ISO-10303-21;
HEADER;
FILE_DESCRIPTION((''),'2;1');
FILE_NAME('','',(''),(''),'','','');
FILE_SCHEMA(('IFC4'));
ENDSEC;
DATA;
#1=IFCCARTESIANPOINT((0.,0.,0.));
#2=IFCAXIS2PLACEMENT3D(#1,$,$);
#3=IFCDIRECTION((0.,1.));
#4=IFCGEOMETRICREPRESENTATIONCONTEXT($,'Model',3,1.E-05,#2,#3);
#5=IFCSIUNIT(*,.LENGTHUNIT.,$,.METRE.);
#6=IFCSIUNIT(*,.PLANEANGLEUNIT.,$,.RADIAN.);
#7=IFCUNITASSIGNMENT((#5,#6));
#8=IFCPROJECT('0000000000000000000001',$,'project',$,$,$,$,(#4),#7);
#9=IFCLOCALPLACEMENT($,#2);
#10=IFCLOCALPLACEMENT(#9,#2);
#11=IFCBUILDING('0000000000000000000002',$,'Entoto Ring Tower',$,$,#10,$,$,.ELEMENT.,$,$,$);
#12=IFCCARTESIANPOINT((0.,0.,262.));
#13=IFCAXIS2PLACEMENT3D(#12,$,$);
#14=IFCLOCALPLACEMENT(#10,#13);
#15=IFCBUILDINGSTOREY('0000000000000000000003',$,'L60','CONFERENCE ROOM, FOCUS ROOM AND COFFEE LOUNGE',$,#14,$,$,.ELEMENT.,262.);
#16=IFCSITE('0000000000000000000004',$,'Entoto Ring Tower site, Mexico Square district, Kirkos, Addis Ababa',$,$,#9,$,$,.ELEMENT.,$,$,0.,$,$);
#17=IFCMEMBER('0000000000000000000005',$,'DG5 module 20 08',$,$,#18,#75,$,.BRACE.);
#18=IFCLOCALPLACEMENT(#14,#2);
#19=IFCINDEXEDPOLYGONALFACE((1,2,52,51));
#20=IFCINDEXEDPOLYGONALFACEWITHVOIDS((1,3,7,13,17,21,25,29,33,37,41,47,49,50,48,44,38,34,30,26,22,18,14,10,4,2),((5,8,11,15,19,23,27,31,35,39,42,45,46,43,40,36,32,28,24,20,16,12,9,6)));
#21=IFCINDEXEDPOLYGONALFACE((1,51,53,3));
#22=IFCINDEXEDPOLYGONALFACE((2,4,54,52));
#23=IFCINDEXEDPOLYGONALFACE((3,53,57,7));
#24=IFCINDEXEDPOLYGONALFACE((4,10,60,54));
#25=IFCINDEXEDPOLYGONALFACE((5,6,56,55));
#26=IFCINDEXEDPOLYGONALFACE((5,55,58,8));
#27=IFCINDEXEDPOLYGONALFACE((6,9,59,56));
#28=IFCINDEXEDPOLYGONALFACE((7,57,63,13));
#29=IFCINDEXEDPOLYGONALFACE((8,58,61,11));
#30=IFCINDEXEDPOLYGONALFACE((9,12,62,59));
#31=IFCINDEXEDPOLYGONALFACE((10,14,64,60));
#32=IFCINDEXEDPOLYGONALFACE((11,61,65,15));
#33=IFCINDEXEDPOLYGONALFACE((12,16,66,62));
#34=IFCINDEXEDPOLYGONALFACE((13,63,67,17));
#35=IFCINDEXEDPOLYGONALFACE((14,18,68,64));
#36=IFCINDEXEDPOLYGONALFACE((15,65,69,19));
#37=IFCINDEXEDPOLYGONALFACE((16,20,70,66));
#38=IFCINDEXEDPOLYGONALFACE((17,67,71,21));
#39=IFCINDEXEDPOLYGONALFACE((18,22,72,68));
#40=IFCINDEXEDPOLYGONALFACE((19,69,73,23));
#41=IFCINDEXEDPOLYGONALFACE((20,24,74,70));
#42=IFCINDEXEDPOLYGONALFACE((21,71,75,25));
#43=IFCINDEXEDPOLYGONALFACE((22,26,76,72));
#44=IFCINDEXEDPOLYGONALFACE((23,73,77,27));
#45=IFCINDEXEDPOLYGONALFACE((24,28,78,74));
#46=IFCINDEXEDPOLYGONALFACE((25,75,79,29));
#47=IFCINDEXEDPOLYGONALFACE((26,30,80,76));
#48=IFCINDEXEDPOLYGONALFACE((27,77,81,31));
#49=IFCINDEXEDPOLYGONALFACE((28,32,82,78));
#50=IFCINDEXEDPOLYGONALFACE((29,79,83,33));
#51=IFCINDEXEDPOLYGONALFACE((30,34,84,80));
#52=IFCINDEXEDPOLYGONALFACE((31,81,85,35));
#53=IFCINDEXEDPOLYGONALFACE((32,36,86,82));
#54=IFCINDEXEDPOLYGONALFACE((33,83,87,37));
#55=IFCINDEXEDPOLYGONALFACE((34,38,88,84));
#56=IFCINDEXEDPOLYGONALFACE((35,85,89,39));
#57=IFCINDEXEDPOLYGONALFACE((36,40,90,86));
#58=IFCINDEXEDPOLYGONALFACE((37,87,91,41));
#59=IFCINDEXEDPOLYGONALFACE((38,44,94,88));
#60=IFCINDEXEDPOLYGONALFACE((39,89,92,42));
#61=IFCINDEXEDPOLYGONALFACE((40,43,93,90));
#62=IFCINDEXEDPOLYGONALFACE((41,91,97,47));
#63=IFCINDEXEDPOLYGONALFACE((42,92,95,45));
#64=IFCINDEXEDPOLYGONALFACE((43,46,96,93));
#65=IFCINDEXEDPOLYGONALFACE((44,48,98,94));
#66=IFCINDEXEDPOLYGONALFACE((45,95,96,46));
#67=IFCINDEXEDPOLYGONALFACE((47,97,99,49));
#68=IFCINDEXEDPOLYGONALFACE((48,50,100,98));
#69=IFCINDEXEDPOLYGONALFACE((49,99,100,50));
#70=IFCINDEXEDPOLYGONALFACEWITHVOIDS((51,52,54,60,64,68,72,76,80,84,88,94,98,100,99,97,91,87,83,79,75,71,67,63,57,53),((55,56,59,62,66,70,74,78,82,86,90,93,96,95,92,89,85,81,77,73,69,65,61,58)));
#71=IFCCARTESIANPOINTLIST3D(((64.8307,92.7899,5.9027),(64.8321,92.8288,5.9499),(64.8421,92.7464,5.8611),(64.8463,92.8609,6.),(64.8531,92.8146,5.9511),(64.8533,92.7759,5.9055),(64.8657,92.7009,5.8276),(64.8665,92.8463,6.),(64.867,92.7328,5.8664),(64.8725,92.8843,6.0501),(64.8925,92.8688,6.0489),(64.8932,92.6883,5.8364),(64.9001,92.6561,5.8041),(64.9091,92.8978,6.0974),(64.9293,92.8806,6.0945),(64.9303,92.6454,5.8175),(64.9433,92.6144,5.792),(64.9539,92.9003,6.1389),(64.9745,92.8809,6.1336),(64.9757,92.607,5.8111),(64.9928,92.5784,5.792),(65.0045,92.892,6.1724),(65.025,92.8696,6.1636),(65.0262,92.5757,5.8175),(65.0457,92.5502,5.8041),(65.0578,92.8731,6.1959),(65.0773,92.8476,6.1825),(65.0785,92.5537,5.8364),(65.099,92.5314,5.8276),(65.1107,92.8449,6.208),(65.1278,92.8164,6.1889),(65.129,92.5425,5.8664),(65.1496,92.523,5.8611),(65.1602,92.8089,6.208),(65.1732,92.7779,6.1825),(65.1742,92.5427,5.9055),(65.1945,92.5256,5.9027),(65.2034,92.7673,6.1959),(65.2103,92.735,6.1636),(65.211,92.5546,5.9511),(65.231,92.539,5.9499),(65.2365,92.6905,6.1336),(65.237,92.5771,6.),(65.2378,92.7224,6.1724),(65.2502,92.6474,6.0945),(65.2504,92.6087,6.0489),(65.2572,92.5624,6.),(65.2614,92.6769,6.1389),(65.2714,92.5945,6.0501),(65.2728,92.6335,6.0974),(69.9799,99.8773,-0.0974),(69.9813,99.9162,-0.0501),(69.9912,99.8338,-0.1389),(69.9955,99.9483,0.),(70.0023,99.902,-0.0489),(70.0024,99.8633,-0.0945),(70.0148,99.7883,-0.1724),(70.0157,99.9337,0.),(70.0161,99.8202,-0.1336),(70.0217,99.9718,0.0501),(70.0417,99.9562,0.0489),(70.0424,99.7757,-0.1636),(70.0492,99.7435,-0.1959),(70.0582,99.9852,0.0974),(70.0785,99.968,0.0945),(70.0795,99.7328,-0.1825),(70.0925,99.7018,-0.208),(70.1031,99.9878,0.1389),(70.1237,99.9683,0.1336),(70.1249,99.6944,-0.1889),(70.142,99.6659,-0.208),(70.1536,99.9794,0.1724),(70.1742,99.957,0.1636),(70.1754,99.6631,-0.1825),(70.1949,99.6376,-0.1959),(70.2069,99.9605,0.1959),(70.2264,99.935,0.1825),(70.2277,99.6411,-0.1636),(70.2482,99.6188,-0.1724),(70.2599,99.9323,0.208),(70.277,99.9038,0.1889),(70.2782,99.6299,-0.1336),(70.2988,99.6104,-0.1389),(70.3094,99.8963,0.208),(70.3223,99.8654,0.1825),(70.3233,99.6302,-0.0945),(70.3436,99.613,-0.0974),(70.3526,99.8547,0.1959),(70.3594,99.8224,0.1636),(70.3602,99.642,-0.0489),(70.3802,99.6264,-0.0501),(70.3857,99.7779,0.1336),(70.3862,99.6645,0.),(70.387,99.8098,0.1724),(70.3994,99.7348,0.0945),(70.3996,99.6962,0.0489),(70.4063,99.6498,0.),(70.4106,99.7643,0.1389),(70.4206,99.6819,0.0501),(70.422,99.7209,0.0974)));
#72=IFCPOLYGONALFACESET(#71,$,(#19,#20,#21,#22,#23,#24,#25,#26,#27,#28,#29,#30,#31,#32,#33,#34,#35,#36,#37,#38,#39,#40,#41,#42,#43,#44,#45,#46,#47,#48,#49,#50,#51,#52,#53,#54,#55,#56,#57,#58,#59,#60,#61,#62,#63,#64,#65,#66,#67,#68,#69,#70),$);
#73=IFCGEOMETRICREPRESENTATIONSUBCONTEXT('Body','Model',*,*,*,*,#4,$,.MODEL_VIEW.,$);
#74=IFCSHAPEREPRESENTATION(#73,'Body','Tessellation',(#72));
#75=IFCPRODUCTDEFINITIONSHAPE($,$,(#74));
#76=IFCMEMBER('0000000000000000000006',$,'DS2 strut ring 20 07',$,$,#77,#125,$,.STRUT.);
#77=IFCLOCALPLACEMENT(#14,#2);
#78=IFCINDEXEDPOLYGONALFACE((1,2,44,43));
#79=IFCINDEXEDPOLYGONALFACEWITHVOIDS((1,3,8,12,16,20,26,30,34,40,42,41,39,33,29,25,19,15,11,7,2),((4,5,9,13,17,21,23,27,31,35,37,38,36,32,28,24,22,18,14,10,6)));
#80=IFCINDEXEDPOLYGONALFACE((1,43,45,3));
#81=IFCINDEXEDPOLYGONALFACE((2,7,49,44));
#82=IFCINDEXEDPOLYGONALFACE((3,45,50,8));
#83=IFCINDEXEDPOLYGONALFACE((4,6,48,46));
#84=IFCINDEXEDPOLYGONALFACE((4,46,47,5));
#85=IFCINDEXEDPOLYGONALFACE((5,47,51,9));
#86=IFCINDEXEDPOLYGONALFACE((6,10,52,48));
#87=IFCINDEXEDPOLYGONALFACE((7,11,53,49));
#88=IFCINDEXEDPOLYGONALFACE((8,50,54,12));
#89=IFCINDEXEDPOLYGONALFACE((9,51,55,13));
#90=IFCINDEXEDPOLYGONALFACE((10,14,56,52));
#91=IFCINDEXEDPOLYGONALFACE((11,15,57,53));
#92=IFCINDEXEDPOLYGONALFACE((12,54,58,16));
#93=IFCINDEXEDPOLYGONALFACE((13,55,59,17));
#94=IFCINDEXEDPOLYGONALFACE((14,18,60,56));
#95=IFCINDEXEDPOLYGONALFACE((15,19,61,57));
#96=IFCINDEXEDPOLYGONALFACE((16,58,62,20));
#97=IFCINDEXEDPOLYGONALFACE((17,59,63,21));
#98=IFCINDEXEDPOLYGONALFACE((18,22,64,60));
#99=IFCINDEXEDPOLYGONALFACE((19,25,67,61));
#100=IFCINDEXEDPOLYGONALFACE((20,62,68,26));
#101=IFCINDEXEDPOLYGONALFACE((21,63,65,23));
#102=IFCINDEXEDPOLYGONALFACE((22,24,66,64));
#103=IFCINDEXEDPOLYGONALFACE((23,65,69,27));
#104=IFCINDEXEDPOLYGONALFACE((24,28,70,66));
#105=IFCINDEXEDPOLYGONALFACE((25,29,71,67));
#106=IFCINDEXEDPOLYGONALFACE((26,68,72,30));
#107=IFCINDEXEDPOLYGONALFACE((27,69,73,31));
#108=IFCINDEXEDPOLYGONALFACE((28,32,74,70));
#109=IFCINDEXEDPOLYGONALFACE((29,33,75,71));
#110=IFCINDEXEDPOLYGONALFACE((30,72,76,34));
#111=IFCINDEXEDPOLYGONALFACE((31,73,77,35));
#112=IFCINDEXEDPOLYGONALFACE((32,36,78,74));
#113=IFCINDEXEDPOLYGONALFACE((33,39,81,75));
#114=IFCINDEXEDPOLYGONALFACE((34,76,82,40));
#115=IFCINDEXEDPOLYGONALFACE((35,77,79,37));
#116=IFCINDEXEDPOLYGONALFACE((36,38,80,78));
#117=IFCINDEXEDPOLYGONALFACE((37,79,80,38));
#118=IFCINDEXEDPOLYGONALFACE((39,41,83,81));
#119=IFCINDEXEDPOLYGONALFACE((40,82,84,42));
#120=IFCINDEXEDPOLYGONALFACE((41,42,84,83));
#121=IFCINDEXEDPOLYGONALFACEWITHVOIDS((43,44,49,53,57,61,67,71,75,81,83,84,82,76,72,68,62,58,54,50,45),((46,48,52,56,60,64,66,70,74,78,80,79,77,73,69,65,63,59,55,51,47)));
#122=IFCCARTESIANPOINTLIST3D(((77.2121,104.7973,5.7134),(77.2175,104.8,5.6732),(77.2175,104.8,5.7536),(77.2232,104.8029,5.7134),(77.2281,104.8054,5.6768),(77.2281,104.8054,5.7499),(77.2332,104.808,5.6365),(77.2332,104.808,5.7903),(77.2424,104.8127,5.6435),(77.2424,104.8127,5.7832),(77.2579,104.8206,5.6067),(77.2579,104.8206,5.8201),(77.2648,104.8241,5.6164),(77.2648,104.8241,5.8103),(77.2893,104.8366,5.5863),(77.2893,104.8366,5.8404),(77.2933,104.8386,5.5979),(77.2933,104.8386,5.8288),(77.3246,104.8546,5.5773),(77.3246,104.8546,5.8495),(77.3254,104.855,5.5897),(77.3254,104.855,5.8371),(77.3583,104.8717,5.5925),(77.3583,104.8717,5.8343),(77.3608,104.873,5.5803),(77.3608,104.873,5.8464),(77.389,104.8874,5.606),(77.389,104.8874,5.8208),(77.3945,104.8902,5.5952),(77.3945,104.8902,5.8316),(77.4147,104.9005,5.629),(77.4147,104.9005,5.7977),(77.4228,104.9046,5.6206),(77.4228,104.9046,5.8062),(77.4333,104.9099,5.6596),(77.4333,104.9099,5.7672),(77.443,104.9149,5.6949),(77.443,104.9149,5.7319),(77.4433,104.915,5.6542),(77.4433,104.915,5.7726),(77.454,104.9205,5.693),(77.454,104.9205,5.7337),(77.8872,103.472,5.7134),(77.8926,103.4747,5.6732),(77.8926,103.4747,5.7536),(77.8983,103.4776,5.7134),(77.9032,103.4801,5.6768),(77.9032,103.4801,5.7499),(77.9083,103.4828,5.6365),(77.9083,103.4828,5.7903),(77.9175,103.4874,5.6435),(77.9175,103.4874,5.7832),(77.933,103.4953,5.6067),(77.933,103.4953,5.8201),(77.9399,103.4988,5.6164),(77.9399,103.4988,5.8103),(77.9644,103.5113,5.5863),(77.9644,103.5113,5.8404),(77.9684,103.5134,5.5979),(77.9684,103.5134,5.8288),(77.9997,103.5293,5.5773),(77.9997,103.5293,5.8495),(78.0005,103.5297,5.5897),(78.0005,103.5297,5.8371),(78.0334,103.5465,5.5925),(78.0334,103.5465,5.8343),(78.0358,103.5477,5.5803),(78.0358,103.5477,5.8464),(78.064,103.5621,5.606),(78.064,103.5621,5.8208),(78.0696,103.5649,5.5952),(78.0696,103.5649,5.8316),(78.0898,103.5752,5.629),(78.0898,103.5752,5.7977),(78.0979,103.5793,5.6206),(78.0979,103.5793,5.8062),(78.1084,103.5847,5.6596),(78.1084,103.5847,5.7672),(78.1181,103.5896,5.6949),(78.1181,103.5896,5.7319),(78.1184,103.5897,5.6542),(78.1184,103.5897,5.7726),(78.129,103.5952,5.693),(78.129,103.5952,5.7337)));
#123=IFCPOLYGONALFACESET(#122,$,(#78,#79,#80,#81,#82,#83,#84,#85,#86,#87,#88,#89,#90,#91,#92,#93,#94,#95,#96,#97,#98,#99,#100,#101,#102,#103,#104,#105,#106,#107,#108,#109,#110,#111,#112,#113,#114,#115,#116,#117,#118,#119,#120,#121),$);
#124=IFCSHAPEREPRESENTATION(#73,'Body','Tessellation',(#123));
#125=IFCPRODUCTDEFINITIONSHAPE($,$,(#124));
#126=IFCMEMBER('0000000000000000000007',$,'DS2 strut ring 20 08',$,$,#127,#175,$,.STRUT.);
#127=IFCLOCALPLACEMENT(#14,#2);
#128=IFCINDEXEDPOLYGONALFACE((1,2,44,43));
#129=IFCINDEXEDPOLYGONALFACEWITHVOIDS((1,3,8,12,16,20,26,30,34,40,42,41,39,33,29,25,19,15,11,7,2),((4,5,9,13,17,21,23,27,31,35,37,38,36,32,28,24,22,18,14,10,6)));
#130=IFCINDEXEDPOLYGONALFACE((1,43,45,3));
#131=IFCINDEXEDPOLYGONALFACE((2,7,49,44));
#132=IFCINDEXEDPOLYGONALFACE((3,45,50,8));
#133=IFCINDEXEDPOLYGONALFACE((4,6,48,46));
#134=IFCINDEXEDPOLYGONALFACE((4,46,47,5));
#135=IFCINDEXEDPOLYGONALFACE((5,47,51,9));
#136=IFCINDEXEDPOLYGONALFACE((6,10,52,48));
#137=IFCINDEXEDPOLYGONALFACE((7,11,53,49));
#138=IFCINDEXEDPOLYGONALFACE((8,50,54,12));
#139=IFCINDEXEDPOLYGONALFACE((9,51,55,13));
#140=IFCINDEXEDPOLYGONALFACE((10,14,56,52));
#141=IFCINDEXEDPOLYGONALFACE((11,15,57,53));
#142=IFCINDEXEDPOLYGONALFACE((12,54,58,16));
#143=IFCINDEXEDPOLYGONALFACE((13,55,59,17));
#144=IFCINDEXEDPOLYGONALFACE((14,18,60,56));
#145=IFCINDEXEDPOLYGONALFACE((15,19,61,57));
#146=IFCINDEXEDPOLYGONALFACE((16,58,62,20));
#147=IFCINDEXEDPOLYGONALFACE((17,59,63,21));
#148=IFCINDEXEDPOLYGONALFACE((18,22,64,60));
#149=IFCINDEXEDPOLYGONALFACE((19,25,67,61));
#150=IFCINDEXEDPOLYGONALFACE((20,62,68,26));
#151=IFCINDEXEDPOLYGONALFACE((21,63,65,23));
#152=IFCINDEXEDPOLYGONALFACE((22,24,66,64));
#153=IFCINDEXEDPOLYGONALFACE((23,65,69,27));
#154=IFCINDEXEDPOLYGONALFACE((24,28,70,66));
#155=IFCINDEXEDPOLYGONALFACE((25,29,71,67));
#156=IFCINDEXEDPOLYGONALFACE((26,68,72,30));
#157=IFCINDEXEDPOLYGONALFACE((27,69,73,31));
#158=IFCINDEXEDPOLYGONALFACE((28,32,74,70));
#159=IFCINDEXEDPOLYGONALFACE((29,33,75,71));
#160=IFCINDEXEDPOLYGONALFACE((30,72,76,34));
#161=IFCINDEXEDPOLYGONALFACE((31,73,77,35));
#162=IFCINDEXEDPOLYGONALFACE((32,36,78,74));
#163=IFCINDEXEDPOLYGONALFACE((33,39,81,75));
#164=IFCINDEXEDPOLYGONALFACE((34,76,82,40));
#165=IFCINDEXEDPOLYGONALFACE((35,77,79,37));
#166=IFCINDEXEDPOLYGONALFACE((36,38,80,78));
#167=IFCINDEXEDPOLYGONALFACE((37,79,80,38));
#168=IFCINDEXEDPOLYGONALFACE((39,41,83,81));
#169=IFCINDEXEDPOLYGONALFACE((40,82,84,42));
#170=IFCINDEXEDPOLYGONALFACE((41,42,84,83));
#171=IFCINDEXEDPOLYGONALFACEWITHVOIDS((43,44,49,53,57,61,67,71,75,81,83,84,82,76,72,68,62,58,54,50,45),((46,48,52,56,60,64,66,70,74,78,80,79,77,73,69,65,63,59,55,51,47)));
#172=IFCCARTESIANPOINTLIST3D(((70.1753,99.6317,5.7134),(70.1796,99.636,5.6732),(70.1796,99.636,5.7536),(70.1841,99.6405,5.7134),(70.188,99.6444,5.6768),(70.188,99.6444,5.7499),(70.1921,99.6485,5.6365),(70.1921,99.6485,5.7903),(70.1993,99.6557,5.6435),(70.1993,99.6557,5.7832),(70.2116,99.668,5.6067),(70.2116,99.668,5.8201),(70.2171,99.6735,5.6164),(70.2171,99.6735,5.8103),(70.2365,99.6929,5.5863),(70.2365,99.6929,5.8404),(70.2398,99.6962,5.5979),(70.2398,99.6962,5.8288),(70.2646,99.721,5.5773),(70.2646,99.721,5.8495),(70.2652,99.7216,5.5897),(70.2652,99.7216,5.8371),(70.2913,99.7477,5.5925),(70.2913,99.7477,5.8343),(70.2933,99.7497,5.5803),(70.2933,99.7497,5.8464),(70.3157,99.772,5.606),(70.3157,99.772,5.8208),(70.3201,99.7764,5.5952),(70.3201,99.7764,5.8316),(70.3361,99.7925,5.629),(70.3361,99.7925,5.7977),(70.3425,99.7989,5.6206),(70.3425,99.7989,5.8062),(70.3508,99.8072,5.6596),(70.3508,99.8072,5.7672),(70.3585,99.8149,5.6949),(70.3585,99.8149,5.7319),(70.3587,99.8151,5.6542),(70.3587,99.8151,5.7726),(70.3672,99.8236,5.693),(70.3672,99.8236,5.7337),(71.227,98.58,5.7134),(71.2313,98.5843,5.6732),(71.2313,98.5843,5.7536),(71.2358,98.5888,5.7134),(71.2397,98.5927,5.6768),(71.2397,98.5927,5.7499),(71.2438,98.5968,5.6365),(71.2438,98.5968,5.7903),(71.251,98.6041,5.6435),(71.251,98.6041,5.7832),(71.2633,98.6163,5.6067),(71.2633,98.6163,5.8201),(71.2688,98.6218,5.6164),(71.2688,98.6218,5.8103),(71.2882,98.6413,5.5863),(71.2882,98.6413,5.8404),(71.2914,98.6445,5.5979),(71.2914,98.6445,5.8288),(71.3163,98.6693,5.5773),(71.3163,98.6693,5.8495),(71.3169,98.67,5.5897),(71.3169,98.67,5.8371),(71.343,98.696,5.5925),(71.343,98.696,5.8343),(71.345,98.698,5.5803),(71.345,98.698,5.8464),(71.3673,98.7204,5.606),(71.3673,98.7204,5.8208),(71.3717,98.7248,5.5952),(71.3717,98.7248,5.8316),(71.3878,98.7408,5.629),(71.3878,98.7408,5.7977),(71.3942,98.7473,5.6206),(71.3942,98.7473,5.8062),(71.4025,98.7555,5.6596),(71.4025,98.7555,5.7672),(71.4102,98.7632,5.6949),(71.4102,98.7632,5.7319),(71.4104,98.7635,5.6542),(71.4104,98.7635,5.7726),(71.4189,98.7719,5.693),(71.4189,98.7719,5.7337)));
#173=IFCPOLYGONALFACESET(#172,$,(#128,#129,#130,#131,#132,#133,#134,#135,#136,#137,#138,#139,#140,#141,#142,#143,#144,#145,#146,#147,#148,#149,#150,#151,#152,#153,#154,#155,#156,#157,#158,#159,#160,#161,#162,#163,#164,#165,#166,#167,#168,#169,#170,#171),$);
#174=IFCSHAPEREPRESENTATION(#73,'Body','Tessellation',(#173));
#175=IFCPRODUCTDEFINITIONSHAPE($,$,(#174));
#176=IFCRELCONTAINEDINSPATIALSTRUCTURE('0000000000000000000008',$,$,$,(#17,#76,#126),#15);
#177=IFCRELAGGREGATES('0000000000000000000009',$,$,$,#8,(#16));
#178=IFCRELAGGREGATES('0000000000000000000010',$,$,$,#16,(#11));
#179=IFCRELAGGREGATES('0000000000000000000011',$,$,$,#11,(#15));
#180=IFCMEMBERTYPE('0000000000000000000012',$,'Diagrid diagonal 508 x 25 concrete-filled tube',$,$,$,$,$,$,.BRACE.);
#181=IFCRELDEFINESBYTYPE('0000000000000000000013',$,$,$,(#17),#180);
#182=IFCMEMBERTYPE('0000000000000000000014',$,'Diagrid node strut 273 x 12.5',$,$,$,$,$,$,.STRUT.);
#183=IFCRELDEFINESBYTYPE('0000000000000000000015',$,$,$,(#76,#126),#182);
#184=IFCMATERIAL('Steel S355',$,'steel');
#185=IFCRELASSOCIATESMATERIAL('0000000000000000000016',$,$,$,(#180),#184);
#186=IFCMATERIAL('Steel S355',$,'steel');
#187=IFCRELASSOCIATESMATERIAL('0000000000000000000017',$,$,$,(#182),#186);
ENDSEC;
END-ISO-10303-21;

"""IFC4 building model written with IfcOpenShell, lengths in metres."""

from ifc_helpers import new_model, si_unit, direction, frame, origin, origin_2d, place, context, subcontext, project, spatial, circle, hollow_circle, extrude, material, material_profile, profile_set, type_object, element, save


model = new_model("IFC4")

# Units and contexts
model_context = context("Model", 3, precision=1e-05, world=origin(), true_north=direction((0.0, 1.0)))
body_context = subcontext(model_context, "Body", "Model", "MODEL_VIEW")
ifc_project = project(units=[si_unit("LENGTHUNIT", "METRE"), si_unit("PLANEANGLEUNIT", "RADIAN")], contexts=[model_context])

# Site, building, storey
site_placement = place(None, origin())
site = spatial("IfcSite", under=ifc_project, at=site_placement, Name="Entoto Ring Tower site, Mexico Square district, Kirkos, Addis Ababa", CompositionType="ELEMENT", RefElevation=0.0)
building_placement = place(site_placement, origin())
building = spatial("IfcBuilding", under=site, at=building_placement, Name="Entoto Ring Tower", CompositionType="ELEMENT")
storey_placement = place(building_placement, frame((0.0, 0.0, 262.0)))
storey = spatial("IfcBuildingStorey", under=building, at=storey_placement, Name="L60", Description="CONFERENCE ROOM, FOCUS ROOM AND COFFEE LOUNGE", CompositionType="ELEMENT", Elevation=262.0)

# Members
ifc_material_1 = material(Name="Steel S355", Category="steel")
ifc_material_profile_1 = material_profile(ifc_material_1, hollow_circle(Radius=0.2539, WallThickness=0.0249, at=origin_2d()), Name="CHS 508 x 25")
ifc_material_2 = material(Name="Concrete C60/75", Category="concrete")
ifc_material_profile_2 = material_profile(ifc_material_2, circle(Radius=0.229, at=origin_2d()), Name="Concrete C60/75 infill")
ifc_profile_set_1 = profile_set([ifc_material_profile_1, ifc_material_profile_2], Name="Steel S355")
member_type_1 = type_object("IfcMemberType", Name="Diagrid diagonal 508 x 25 concrete-filled tube", PredefinedType="BRACE", material=ifc_profile_set_1)
for number, where, z_axis, x_axis, name in (
    (1, (70.2009, 99.7991, 0.0), (-0.48494, -0.66748, 0.56507), (0.809024, -0.587776, 0.0), "DG5 module 20 08"),
):
    element("IfcMember", number, at=place(storey_placement, frame(where, z_axis=z_axis, x_axis=x_axis)), inside=storey, type_object=member_type_1, Name=name, PredefinedType="BRACE", context=body_context, shape_type="SweptSolid", body=[
        extrude(hollow_circle(Radius=0.2539, WallThickness=0.0249, at=origin_2d()), origin(), (0.0, 0.0, 1.0), 10.6182),
    ])
ifc_material_3 = material(Name="Steel S355", Category="steel")
ifc_material_profile_3 = material_profile(ifc_material_3, hollow_circle(Radius=0.1365, WallThickness=0.0125, at=origin_2d()), Name="CHS 273 x 12.5")
ifc_material_4 = material(Name="Concrete C60/75", Category="concrete")
ifc_material_profile_4 = material_profile(ifc_material_4, circle(Radius=0.124, at=origin_2d()), Name="Concrete C60/75 infill")
ifc_profile_set_2 = profile_set([ifc_material_profile_3, ifc_material_profile_4], Name="Steel S355")
member_type_2 = type_object("IfcMemberType", Name="Diagrid node strut 273 x 12.5", PredefinedType="STRUT", material=ifc_profile_set_2)
for number, where, z_axis, x_axis, name in (
    (2, (78.0088, 103.5339, 5.7134), (-0.453899, 0.891053, 0.0), (-0.891053, -0.453899, 0.0), "DS2 strut ring 20 07"),
    (3, (71.3235, 98.6765, 5.7134), (-0.707107, 0.707107, 0.0), (-0.707107, -0.707107, 0.0), "DS2 strut ring 20 08"),
):
    element("IfcMember", number, at=place(storey_placement, frame(where, z_axis=z_axis, x_axis=x_axis)), inside=storey, type_object=member_type_2, Name=name, PredefinedType="STRUT", context=body_context, shape_type="SweptSolid", body=[
        extrude(hollow_circle(Radius=0.1365, WallThickness=0.0125, at=origin_2d()), origin(), (0.0, 0.0, 1.0), 1.4873),
    ])

save(model, "model.ifc")
